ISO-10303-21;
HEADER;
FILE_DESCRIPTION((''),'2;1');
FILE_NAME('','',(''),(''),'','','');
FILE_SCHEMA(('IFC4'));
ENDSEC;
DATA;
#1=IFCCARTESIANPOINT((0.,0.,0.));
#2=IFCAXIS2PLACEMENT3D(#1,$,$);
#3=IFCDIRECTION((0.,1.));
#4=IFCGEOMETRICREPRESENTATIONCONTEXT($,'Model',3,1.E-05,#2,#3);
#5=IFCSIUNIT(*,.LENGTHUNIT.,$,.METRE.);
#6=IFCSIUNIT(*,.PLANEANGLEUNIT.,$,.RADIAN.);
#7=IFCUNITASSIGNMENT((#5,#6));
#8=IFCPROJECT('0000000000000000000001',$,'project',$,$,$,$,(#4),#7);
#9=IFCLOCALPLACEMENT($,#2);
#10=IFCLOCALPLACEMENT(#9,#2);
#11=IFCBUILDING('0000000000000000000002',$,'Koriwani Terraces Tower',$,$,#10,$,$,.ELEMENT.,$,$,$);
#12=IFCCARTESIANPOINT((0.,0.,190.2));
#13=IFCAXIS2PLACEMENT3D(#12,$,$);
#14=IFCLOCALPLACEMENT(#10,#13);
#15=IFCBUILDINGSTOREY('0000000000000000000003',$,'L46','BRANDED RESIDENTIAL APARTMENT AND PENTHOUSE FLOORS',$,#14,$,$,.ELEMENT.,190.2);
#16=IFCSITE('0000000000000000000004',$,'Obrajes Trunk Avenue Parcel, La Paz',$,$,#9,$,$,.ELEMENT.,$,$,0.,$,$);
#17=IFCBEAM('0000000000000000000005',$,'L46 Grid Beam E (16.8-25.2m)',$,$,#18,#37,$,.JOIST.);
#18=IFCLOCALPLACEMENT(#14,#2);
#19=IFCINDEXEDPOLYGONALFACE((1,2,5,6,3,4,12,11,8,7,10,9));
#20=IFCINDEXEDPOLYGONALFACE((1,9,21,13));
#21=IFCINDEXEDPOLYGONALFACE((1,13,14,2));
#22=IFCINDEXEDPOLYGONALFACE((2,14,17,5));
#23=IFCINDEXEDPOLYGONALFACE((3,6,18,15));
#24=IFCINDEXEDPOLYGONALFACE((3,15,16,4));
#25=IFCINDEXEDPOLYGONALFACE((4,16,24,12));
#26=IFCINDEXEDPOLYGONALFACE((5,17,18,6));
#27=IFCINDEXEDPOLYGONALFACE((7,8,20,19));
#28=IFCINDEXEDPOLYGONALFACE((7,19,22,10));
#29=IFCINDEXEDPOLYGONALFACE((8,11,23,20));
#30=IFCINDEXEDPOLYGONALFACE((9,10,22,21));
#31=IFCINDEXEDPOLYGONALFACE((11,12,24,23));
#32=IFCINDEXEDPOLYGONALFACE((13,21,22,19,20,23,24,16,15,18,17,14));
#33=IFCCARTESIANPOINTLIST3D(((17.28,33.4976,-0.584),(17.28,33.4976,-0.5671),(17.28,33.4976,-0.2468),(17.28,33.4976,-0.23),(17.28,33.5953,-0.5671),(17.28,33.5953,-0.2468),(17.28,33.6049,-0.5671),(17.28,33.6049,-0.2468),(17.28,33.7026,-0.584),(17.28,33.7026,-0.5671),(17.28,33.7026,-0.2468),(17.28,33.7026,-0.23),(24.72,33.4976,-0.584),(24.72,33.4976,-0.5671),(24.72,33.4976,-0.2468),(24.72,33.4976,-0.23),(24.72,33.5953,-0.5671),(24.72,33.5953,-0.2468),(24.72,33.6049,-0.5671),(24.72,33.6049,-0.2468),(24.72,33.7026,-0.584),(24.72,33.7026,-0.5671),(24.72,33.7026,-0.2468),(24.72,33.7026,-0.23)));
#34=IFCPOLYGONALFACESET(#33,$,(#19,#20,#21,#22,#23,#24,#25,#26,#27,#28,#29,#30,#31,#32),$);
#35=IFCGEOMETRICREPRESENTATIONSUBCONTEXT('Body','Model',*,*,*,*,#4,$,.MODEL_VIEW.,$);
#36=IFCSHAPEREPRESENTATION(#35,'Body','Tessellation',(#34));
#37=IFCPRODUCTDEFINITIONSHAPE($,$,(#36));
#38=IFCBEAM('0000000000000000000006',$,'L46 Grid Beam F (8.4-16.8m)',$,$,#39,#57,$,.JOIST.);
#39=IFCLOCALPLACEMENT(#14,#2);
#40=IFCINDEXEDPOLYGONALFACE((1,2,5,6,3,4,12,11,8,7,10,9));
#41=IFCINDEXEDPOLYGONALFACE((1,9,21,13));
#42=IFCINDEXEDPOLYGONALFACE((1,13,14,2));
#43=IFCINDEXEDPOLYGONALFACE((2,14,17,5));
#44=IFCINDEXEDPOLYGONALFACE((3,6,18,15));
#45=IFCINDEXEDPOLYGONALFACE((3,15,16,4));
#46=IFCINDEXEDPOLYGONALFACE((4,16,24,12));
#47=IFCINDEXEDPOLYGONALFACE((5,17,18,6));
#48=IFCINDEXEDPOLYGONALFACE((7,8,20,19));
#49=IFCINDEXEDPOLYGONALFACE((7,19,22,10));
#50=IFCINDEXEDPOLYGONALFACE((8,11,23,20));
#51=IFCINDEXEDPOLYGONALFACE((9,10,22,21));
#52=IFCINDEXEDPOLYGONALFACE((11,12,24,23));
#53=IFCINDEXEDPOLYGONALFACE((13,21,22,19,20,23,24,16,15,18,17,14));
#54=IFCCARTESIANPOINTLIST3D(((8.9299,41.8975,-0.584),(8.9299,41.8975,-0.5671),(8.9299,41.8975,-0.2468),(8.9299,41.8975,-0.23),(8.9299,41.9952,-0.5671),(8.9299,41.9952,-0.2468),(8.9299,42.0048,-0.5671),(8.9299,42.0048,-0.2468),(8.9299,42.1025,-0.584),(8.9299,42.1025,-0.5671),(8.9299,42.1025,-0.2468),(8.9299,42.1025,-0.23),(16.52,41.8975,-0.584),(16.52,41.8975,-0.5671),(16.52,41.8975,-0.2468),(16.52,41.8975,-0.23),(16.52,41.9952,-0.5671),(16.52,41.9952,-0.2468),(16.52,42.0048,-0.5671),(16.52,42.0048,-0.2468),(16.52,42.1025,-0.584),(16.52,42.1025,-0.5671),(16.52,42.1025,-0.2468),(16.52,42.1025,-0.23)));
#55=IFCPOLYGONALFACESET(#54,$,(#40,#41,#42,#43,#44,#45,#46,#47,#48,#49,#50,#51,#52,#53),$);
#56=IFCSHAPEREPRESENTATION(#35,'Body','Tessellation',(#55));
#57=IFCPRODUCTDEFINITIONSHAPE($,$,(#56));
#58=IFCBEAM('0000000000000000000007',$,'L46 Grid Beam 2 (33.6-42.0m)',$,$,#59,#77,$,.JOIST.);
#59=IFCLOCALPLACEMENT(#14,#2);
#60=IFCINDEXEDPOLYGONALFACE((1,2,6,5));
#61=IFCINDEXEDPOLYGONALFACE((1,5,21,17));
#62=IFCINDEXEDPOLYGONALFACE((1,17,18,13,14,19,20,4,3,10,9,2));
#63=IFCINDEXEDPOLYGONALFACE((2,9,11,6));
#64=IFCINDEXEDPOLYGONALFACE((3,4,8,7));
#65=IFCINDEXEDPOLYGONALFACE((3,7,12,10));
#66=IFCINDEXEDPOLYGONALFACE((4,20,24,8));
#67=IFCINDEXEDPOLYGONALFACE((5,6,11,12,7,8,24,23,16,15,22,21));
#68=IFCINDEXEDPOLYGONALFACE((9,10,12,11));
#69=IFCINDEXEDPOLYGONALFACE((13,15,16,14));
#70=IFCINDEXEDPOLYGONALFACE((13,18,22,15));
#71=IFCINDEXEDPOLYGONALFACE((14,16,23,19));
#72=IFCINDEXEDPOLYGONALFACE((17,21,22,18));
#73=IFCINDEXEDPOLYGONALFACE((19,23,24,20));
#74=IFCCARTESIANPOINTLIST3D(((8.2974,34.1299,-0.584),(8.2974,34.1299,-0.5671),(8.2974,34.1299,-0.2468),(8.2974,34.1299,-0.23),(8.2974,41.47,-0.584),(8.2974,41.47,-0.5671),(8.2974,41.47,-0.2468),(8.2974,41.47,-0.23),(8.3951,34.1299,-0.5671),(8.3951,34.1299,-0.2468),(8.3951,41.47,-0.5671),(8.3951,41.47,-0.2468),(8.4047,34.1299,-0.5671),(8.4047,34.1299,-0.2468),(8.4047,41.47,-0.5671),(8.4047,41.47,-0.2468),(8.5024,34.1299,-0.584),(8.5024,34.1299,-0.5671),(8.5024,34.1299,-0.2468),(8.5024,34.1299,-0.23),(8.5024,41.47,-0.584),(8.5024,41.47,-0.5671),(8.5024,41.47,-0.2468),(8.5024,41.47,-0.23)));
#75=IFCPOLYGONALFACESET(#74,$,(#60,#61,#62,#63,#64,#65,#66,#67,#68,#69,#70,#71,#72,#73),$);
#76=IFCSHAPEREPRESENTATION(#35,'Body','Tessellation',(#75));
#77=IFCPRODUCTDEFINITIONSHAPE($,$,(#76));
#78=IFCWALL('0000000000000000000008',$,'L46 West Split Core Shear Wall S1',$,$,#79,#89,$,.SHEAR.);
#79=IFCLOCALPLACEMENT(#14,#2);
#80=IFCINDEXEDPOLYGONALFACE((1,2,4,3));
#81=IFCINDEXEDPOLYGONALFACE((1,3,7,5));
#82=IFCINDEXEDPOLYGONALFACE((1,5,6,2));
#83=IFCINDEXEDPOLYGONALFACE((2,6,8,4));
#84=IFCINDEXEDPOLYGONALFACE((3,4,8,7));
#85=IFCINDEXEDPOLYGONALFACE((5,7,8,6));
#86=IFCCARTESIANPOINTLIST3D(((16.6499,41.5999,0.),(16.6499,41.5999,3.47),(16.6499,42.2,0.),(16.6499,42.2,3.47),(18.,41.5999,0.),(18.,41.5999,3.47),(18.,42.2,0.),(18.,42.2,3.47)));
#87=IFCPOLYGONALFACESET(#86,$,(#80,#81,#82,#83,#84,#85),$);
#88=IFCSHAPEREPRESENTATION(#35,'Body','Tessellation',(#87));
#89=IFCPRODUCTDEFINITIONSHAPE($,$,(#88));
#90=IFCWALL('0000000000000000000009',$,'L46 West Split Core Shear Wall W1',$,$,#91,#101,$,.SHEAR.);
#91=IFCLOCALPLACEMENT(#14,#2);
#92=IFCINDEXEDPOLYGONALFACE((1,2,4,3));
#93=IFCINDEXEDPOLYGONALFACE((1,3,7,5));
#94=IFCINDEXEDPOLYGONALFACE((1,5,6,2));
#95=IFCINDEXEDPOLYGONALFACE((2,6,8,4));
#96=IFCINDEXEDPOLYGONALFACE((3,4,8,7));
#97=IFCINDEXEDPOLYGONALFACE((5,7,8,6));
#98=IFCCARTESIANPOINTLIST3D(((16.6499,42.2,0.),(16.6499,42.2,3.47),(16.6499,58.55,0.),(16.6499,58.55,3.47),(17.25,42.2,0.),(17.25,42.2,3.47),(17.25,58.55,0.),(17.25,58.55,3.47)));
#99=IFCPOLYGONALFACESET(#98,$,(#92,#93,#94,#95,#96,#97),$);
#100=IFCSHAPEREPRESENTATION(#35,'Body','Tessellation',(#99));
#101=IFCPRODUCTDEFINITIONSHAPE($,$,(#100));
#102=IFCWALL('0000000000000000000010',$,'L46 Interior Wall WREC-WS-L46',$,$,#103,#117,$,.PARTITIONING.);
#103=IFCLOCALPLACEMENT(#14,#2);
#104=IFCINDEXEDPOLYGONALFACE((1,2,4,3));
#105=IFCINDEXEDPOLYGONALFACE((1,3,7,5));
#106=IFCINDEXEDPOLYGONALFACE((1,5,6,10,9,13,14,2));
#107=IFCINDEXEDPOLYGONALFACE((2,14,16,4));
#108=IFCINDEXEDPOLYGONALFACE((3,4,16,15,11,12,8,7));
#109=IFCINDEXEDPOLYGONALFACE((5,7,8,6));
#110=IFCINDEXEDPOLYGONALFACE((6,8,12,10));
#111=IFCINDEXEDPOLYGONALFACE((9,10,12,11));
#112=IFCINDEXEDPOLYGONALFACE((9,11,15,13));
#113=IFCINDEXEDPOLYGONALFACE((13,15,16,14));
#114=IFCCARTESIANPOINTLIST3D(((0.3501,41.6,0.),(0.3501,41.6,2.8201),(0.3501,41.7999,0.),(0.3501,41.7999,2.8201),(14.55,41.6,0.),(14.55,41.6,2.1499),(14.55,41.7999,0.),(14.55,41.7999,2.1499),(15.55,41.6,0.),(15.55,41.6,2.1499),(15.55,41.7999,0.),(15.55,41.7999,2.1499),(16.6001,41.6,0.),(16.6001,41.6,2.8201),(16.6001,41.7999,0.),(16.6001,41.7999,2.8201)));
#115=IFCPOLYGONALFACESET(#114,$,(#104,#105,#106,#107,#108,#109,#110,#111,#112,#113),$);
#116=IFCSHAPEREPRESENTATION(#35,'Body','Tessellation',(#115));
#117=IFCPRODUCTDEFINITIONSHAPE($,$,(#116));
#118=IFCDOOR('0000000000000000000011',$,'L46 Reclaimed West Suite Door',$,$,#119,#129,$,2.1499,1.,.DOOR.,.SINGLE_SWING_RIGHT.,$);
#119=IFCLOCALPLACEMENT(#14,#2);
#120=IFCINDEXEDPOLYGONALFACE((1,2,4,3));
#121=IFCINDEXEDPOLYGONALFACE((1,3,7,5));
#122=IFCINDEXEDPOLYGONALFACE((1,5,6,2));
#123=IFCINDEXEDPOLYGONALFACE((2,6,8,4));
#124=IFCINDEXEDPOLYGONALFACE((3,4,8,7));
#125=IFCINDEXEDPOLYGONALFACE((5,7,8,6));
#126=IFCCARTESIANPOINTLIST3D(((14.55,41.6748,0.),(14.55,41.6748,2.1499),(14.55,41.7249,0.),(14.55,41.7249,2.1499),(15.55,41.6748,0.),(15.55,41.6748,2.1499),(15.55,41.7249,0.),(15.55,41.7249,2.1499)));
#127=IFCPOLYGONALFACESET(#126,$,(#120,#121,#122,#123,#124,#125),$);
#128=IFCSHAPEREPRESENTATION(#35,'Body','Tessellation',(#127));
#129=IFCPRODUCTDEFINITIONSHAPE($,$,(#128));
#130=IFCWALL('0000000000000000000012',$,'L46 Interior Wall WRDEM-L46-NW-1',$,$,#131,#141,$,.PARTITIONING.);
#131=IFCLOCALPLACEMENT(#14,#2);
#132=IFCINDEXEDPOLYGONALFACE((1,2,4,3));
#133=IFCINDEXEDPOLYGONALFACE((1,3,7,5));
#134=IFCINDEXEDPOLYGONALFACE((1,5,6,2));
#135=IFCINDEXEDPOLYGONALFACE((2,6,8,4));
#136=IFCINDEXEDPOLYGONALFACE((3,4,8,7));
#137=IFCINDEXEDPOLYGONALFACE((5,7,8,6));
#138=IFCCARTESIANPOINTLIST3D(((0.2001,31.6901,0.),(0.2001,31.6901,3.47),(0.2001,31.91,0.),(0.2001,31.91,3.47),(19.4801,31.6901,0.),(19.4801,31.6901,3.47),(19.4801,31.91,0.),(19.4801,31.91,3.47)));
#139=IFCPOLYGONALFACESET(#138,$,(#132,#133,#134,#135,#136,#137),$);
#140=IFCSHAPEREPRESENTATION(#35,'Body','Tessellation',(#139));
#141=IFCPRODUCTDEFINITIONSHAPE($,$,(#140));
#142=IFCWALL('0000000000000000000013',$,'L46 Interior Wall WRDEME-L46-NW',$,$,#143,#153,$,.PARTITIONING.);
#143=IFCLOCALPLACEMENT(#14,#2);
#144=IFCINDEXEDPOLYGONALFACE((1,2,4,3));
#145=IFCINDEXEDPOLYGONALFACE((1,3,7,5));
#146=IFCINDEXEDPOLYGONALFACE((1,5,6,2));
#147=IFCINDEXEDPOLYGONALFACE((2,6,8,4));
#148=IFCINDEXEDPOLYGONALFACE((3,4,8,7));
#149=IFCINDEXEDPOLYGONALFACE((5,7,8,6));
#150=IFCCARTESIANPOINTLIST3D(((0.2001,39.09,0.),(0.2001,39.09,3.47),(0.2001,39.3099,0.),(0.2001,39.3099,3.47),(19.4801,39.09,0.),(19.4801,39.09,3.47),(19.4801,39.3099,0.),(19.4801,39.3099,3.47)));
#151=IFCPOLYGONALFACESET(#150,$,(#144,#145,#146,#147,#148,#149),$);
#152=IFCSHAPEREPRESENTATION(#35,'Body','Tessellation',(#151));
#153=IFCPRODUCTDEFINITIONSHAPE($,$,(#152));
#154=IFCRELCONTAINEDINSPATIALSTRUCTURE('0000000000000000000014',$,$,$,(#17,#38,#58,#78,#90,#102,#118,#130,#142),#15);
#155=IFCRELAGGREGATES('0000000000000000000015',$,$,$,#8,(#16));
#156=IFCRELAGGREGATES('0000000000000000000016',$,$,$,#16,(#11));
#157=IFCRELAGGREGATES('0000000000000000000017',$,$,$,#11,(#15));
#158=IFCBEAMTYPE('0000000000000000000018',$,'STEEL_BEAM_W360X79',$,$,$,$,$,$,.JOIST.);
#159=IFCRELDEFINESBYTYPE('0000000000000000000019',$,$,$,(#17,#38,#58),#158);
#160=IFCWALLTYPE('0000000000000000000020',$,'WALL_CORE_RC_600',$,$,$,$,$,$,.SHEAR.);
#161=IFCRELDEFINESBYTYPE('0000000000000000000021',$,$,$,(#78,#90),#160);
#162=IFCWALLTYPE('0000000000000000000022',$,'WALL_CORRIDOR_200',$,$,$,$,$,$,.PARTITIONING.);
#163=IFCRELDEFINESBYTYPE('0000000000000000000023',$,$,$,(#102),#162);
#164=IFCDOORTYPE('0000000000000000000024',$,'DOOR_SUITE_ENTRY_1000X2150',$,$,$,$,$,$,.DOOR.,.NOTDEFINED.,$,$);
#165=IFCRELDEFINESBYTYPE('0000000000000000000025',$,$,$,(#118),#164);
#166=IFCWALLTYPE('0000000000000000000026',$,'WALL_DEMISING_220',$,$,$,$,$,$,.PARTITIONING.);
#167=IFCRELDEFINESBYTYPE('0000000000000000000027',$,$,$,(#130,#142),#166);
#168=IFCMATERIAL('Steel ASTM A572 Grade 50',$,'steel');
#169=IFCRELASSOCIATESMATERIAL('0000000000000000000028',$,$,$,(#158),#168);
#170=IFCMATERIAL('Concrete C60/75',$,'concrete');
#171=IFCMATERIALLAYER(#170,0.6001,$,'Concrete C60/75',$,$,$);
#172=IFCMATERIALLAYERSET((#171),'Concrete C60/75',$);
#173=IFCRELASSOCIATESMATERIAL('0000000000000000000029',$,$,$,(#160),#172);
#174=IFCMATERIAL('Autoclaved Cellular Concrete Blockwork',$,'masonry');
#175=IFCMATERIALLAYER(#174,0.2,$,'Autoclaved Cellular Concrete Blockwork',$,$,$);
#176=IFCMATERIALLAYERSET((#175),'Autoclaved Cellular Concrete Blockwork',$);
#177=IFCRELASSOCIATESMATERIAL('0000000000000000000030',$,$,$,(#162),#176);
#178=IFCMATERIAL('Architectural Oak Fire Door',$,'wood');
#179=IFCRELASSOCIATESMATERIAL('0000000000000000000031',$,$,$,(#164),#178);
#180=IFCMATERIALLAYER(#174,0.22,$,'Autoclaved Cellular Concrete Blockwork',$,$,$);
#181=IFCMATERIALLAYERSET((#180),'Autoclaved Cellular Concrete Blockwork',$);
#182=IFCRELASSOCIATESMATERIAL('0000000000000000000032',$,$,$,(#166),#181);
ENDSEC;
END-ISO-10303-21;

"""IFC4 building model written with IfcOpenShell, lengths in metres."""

from ifc_helpers import new_model, si_unit, direction, frame, frame_2d, origin, origin_2d, place, context, subcontext, project, spatial, rectangle, i_section, extrude, material, layer, layer_set, material_profile, profile_set, type_object, element, fill, save


model = new_model("IFC4")

# Units and contexts
model_context = context("Model", 3, precision=1e-05, world=origin(), true_north=direction((0.0, 1.0)))
body_context = subcontext(model_context, "Body", "Model", "MODEL_VIEW")
ifc_project = project(units=[si_unit("LENGTHUNIT", "METRE"), si_unit("PLANEANGLEUNIT", "RADIAN")], contexts=[model_context])

# Site, building, storey
site_placement = place(None, origin())
site = spatial("IfcSite", under=ifc_project, at=site_placement, Name="Obrajes Trunk Avenue Parcel, La Paz", CompositionType="ELEMENT", RefElevation=0.0)
building_placement = place(site_placement, origin())
building = spatial("IfcBuilding", under=site, at=building_placement, Name="Koriwani Terraces Tower", CompositionType="ELEMENT")
storey_placement = place(building_placement, frame((0.0, 0.0, 190.2)))
storey = spatial("IfcBuildingStorey", under=building, at=storey_placement, Name="L46", Description="BRANDED RESIDENTIAL APARTMENT AND PENTHOUSE FLOORS", CompositionType="ELEMENT", Elevation=190.2)

# Beams
ifc_material_1 = material(Name="Concrete C60/75", Category="concrete")
ifc_material_2 = material(Name="Steel ASTM A572 Grade 50", Category="steel")
ifc_material_profile_1 = material_profile(ifc_material_2, i_section(OverallWidth=0.2051, OverallDepth=0.354, WebThickness=0.0095, FlangeThickness=0.0168, at=origin_2d()), Name="Steel ASTM A572 Grade 50", Category="LoadBearing")
ifc_profile_set_1 = profile_set([ifc_material_profile_1], Name="Steel ASTM A572 Grade 50")
beam_type_1 = type_object("IfcBeamType", Name="STEEL_BEAM_W360X79", PredefinedType="JOIST", material=ifc_profile_set_1)
beam_1_placement = place(storey_placement, frame((17.28, 33.6001, -0.407), z_axis=(1.0, 0.0, 0.0), x_axis=(0.0, 1.0, 0.0)))
element("IfcBeam", 1, at=beam_1_placement, inside=storey, type_object=beam_type_1, Name="L46 Grid Beam E (16.8-25.2m)", PredefinedType="JOIST", context=body_context, shape_type="SweptSolid", body=[
    extrude(i_section(OverallWidth=0.2051, OverallDepth=0.354, WebThickness=0.0095, FlangeThickness=0.0168, at=origin_2d()), origin(), (0.0, 0.0, 1.0), 7.4399),
])
beam_2_placement = place(storey_placement, frame((8.9299, 42.0, -0.407), z_axis=(1.0, 0.0, 0.0), x_axis=(0.0, 1.0, 0.0)))
element("IfcBeam", 2, at=beam_2_placement, inside=storey, type_object=beam_type_1, Name="L46 Grid Beam F (8.4-16.8m)", PredefinedType="JOIST", context=body_context, shape_type="SweptSolid", body=[
    extrude(i_section(OverallWidth=0.2051, OverallDepth=0.354, WebThickness=0.0095, FlangeThickness=0.0168, at=origin_2d()), origin(), (0.0, 0.0, 1.0), 7.5901),
])
beam_3_placement = place(storey_placement, frame((8.3999, 34.1299, -0.407), z_axis=(0.0, 1.0, 0.0), x_axis=(-1.0, 0.0, 0.0)))
element("IfcBeam", 3, at=beam_3_placement, inside=storey, type_object=beam_type_1, Name="L46 Grid Beam 2 (33.6-42.0m)", PredefinedType="JOIST", context=body_context, shape_type="SweptSolid", body=[
    extrude(i_section(OverallWidth=0.2051, OverallDepth=0.354, WebThickness=0.0095, FlangeThickness=0.0168, at=origin_2d()), origin(), (0.0, 0.0, 1.0), 7.3401),
])

# Walls
ifc_layer_1 = layer(ifc_material_1, 0.6001, Name="Concrete C60/75")
ifc_layer_set_1 = layer_set([ifc_layer_1], Name="Concrete C60/75")
wall_type_1 = type_object("IfcWallType", Name="WALL_CORE_RC_600", PredefinedType="SHEAR", material=ifc_layer_set_1)
wall_1_placement = place(storey_placement, frame((16.6499, 41.8999, 0.0), z_axis=(0.0, 0.0, 1.0), x_axis=(1.0, 0.0, 0.0)))
element("IfcWall", 4, at=wall_1_placement, inside=storey, type_object=wall_type_1, Name="L46 West Split Core Shear Wall S1", PredefinedType="SHEAR", context=body_context, shape_type="SweptSolid", body=[
    extrude(rectangle(XDim=1.3501, YDim=0.6001, at=frame_2d((0.675, 0.0))), origin(), (0.0, 0.0, 1.0), 3.47),
])
wall_2_placement = place(storey_placement, frame((16.95, 42.2, 0.0), z_axis=(0.0, 0.0, 1.0), x_axis=(0.0, 1.0, 0.0)))
element("IfcWall", 5, at=wall_2_placement, inside=storey, type_object=wall_type_1, Name="L46 West Split Core Shear Wall W1", PredefinedType="SHEAR", context=body_context, shape_type="SweptSolid", body=[
    extrude(rectangle(XDim=16.3501, YDim=0.6001, at=frame_2d((8.175, 0.0))), origin(), (0.0, 0.0, 1.0), 3.47),
])

# Wall, opening, door
ifc_material_3 = material(Name="Autoclaved Cellular Concrete Blockwork", Category="masonry")
ifc_layer_2 = layer(ifc_material_3, 0.2, Name="Autoclaved Cellular Concrete Blockwork")
ifc_layer_set_2 = layer_set([ifc_layer_2], Name="Autoclaved Cellular Concrete Blockwork")
wall_type_2 = type_object("IfcWallType", Name="WALL_CORRIDOR_200", PredefinedType="PARTITIONING", material=ifc_layer_set_2)
wall_3_placement = place(storey_placement, frame((0.3501, 41.7, 0.0), z_axis=(0.0, 0.0, 1.0), x_axis=(1.0, 0.0, 0.0)))
wall_3 = element("IfcWall", 6, at=wall_3_placement, inside=storey, type_object=wall_type_2, Name="L46 Interior Wall WREC-WS-L46", PredefinedType="PARTITIONING", context=body_context, shape_type="SweptSolid", body=[
    extrude(rectangle(XDim=16.25, YDim=0.2, at=frame_2d((8.125, 0.0))), origin(), (0.0, 0.0, 1.0), 2.8201),
])
opening_1_placement = place(wall_3_placement, frame((14.2, 0.0, 0.0)))
opening_1 = element("IfcOpeningElement", 7, at=opening_1_placement, cuts=wall_3, PredefinedType="OPENING", context=body_context, shape_type="SweptSolid", body=[
    extrude(rectangle(XDim=1.0, YDim=2.1499, at=frame_2d((0.5, 1.075))), frame((0.0, 0.1099, 0.0), z_axis=(0.0, -1.0, 0.0), x_axis=(1.0, 0.0, 0.0)), (0.0, 0.0, 1.0), 0.22),
])
ifc_material_4 = material(Name="Architectural Oak Fire Door", Category="wood")
door_type_1 = type_object("IfcDoorType", Name="DOOR_SUITE_ENTRY_1000X2150", OperationType="NOTDEFINED", PredefinedType="DOOR", material=ifc_material_4)
door_1_placement = place(opening_1_placement, origin())
door_1 = element("IfcDoor", 8, at=door_1_placement, inside=storey, type_object=door_type_1, Name="L46 Reclaimed West Suite Door", OperationType="SINGLE_SWING_RIGHT", OverallHeight=2.1499, OverallWidth=1.0, PredefinedType="DOOR", context=body_context, shape_type="SweptSolid", body=[
    extrude(rectangle(XDim=1.0, YDim=2.1499, at=frame_2d((0.5, 1.075))), frame((0.0, 0.0249, 0.0), z_axis=(0.0, -1.0, 0.0), x_axis=(1.0, 0.0, 0.0)), (0.0, 0.0, 1.0), 0.05),
])
fill(opening_1, door_1)

# Walls
ifc_layer_3 = layer(ifc_material_3, 0.22, Name="Autoclaved Cellular Concrete Blockwork")
ifc_layer_set_3 = layer_set([ifc_layer_3], Name="Autoclaved Cellular Concrete Blockwork")
wall_type_3 = type_object("IfcWallType", Name="WALL_DEMISING_220", PredefinedType="PARTITIONING", material=ifc_layer_set_3)
for number, where, z_axis, x_axis, name in (
    (9, (0.2, 31.8, 0.0), (0.0, 0.0, 1.0), (1.0, 0.0, 0.0), "L46 Interior Wall WRDEM-L46-NW-1"),
    (10, (0.2, 39.2, 0.0), (0.0, 0.0, 1.0), (1.0, 0.0, 0.0), "L46 Interior Wall WRDEME-L46-NW"),
):
    element("IfcWall", number, at=place(storey_placement, frame(where, z_axis=z_axis, x_axis=x_axis)), inside=storey, type_object=wall_type_3, Name=name, PredefinedType="PARTITIONING", context=body_context, shape_type="SweptSolid", body=[
        extrude(rectangle(XDim=19.28, YDim=0.22, at=frame_2d((9.6401, 0.0))), origin(), (0.0, 0.0, 1.0), 3.47),
    ])

save(model, "model.ifc")
